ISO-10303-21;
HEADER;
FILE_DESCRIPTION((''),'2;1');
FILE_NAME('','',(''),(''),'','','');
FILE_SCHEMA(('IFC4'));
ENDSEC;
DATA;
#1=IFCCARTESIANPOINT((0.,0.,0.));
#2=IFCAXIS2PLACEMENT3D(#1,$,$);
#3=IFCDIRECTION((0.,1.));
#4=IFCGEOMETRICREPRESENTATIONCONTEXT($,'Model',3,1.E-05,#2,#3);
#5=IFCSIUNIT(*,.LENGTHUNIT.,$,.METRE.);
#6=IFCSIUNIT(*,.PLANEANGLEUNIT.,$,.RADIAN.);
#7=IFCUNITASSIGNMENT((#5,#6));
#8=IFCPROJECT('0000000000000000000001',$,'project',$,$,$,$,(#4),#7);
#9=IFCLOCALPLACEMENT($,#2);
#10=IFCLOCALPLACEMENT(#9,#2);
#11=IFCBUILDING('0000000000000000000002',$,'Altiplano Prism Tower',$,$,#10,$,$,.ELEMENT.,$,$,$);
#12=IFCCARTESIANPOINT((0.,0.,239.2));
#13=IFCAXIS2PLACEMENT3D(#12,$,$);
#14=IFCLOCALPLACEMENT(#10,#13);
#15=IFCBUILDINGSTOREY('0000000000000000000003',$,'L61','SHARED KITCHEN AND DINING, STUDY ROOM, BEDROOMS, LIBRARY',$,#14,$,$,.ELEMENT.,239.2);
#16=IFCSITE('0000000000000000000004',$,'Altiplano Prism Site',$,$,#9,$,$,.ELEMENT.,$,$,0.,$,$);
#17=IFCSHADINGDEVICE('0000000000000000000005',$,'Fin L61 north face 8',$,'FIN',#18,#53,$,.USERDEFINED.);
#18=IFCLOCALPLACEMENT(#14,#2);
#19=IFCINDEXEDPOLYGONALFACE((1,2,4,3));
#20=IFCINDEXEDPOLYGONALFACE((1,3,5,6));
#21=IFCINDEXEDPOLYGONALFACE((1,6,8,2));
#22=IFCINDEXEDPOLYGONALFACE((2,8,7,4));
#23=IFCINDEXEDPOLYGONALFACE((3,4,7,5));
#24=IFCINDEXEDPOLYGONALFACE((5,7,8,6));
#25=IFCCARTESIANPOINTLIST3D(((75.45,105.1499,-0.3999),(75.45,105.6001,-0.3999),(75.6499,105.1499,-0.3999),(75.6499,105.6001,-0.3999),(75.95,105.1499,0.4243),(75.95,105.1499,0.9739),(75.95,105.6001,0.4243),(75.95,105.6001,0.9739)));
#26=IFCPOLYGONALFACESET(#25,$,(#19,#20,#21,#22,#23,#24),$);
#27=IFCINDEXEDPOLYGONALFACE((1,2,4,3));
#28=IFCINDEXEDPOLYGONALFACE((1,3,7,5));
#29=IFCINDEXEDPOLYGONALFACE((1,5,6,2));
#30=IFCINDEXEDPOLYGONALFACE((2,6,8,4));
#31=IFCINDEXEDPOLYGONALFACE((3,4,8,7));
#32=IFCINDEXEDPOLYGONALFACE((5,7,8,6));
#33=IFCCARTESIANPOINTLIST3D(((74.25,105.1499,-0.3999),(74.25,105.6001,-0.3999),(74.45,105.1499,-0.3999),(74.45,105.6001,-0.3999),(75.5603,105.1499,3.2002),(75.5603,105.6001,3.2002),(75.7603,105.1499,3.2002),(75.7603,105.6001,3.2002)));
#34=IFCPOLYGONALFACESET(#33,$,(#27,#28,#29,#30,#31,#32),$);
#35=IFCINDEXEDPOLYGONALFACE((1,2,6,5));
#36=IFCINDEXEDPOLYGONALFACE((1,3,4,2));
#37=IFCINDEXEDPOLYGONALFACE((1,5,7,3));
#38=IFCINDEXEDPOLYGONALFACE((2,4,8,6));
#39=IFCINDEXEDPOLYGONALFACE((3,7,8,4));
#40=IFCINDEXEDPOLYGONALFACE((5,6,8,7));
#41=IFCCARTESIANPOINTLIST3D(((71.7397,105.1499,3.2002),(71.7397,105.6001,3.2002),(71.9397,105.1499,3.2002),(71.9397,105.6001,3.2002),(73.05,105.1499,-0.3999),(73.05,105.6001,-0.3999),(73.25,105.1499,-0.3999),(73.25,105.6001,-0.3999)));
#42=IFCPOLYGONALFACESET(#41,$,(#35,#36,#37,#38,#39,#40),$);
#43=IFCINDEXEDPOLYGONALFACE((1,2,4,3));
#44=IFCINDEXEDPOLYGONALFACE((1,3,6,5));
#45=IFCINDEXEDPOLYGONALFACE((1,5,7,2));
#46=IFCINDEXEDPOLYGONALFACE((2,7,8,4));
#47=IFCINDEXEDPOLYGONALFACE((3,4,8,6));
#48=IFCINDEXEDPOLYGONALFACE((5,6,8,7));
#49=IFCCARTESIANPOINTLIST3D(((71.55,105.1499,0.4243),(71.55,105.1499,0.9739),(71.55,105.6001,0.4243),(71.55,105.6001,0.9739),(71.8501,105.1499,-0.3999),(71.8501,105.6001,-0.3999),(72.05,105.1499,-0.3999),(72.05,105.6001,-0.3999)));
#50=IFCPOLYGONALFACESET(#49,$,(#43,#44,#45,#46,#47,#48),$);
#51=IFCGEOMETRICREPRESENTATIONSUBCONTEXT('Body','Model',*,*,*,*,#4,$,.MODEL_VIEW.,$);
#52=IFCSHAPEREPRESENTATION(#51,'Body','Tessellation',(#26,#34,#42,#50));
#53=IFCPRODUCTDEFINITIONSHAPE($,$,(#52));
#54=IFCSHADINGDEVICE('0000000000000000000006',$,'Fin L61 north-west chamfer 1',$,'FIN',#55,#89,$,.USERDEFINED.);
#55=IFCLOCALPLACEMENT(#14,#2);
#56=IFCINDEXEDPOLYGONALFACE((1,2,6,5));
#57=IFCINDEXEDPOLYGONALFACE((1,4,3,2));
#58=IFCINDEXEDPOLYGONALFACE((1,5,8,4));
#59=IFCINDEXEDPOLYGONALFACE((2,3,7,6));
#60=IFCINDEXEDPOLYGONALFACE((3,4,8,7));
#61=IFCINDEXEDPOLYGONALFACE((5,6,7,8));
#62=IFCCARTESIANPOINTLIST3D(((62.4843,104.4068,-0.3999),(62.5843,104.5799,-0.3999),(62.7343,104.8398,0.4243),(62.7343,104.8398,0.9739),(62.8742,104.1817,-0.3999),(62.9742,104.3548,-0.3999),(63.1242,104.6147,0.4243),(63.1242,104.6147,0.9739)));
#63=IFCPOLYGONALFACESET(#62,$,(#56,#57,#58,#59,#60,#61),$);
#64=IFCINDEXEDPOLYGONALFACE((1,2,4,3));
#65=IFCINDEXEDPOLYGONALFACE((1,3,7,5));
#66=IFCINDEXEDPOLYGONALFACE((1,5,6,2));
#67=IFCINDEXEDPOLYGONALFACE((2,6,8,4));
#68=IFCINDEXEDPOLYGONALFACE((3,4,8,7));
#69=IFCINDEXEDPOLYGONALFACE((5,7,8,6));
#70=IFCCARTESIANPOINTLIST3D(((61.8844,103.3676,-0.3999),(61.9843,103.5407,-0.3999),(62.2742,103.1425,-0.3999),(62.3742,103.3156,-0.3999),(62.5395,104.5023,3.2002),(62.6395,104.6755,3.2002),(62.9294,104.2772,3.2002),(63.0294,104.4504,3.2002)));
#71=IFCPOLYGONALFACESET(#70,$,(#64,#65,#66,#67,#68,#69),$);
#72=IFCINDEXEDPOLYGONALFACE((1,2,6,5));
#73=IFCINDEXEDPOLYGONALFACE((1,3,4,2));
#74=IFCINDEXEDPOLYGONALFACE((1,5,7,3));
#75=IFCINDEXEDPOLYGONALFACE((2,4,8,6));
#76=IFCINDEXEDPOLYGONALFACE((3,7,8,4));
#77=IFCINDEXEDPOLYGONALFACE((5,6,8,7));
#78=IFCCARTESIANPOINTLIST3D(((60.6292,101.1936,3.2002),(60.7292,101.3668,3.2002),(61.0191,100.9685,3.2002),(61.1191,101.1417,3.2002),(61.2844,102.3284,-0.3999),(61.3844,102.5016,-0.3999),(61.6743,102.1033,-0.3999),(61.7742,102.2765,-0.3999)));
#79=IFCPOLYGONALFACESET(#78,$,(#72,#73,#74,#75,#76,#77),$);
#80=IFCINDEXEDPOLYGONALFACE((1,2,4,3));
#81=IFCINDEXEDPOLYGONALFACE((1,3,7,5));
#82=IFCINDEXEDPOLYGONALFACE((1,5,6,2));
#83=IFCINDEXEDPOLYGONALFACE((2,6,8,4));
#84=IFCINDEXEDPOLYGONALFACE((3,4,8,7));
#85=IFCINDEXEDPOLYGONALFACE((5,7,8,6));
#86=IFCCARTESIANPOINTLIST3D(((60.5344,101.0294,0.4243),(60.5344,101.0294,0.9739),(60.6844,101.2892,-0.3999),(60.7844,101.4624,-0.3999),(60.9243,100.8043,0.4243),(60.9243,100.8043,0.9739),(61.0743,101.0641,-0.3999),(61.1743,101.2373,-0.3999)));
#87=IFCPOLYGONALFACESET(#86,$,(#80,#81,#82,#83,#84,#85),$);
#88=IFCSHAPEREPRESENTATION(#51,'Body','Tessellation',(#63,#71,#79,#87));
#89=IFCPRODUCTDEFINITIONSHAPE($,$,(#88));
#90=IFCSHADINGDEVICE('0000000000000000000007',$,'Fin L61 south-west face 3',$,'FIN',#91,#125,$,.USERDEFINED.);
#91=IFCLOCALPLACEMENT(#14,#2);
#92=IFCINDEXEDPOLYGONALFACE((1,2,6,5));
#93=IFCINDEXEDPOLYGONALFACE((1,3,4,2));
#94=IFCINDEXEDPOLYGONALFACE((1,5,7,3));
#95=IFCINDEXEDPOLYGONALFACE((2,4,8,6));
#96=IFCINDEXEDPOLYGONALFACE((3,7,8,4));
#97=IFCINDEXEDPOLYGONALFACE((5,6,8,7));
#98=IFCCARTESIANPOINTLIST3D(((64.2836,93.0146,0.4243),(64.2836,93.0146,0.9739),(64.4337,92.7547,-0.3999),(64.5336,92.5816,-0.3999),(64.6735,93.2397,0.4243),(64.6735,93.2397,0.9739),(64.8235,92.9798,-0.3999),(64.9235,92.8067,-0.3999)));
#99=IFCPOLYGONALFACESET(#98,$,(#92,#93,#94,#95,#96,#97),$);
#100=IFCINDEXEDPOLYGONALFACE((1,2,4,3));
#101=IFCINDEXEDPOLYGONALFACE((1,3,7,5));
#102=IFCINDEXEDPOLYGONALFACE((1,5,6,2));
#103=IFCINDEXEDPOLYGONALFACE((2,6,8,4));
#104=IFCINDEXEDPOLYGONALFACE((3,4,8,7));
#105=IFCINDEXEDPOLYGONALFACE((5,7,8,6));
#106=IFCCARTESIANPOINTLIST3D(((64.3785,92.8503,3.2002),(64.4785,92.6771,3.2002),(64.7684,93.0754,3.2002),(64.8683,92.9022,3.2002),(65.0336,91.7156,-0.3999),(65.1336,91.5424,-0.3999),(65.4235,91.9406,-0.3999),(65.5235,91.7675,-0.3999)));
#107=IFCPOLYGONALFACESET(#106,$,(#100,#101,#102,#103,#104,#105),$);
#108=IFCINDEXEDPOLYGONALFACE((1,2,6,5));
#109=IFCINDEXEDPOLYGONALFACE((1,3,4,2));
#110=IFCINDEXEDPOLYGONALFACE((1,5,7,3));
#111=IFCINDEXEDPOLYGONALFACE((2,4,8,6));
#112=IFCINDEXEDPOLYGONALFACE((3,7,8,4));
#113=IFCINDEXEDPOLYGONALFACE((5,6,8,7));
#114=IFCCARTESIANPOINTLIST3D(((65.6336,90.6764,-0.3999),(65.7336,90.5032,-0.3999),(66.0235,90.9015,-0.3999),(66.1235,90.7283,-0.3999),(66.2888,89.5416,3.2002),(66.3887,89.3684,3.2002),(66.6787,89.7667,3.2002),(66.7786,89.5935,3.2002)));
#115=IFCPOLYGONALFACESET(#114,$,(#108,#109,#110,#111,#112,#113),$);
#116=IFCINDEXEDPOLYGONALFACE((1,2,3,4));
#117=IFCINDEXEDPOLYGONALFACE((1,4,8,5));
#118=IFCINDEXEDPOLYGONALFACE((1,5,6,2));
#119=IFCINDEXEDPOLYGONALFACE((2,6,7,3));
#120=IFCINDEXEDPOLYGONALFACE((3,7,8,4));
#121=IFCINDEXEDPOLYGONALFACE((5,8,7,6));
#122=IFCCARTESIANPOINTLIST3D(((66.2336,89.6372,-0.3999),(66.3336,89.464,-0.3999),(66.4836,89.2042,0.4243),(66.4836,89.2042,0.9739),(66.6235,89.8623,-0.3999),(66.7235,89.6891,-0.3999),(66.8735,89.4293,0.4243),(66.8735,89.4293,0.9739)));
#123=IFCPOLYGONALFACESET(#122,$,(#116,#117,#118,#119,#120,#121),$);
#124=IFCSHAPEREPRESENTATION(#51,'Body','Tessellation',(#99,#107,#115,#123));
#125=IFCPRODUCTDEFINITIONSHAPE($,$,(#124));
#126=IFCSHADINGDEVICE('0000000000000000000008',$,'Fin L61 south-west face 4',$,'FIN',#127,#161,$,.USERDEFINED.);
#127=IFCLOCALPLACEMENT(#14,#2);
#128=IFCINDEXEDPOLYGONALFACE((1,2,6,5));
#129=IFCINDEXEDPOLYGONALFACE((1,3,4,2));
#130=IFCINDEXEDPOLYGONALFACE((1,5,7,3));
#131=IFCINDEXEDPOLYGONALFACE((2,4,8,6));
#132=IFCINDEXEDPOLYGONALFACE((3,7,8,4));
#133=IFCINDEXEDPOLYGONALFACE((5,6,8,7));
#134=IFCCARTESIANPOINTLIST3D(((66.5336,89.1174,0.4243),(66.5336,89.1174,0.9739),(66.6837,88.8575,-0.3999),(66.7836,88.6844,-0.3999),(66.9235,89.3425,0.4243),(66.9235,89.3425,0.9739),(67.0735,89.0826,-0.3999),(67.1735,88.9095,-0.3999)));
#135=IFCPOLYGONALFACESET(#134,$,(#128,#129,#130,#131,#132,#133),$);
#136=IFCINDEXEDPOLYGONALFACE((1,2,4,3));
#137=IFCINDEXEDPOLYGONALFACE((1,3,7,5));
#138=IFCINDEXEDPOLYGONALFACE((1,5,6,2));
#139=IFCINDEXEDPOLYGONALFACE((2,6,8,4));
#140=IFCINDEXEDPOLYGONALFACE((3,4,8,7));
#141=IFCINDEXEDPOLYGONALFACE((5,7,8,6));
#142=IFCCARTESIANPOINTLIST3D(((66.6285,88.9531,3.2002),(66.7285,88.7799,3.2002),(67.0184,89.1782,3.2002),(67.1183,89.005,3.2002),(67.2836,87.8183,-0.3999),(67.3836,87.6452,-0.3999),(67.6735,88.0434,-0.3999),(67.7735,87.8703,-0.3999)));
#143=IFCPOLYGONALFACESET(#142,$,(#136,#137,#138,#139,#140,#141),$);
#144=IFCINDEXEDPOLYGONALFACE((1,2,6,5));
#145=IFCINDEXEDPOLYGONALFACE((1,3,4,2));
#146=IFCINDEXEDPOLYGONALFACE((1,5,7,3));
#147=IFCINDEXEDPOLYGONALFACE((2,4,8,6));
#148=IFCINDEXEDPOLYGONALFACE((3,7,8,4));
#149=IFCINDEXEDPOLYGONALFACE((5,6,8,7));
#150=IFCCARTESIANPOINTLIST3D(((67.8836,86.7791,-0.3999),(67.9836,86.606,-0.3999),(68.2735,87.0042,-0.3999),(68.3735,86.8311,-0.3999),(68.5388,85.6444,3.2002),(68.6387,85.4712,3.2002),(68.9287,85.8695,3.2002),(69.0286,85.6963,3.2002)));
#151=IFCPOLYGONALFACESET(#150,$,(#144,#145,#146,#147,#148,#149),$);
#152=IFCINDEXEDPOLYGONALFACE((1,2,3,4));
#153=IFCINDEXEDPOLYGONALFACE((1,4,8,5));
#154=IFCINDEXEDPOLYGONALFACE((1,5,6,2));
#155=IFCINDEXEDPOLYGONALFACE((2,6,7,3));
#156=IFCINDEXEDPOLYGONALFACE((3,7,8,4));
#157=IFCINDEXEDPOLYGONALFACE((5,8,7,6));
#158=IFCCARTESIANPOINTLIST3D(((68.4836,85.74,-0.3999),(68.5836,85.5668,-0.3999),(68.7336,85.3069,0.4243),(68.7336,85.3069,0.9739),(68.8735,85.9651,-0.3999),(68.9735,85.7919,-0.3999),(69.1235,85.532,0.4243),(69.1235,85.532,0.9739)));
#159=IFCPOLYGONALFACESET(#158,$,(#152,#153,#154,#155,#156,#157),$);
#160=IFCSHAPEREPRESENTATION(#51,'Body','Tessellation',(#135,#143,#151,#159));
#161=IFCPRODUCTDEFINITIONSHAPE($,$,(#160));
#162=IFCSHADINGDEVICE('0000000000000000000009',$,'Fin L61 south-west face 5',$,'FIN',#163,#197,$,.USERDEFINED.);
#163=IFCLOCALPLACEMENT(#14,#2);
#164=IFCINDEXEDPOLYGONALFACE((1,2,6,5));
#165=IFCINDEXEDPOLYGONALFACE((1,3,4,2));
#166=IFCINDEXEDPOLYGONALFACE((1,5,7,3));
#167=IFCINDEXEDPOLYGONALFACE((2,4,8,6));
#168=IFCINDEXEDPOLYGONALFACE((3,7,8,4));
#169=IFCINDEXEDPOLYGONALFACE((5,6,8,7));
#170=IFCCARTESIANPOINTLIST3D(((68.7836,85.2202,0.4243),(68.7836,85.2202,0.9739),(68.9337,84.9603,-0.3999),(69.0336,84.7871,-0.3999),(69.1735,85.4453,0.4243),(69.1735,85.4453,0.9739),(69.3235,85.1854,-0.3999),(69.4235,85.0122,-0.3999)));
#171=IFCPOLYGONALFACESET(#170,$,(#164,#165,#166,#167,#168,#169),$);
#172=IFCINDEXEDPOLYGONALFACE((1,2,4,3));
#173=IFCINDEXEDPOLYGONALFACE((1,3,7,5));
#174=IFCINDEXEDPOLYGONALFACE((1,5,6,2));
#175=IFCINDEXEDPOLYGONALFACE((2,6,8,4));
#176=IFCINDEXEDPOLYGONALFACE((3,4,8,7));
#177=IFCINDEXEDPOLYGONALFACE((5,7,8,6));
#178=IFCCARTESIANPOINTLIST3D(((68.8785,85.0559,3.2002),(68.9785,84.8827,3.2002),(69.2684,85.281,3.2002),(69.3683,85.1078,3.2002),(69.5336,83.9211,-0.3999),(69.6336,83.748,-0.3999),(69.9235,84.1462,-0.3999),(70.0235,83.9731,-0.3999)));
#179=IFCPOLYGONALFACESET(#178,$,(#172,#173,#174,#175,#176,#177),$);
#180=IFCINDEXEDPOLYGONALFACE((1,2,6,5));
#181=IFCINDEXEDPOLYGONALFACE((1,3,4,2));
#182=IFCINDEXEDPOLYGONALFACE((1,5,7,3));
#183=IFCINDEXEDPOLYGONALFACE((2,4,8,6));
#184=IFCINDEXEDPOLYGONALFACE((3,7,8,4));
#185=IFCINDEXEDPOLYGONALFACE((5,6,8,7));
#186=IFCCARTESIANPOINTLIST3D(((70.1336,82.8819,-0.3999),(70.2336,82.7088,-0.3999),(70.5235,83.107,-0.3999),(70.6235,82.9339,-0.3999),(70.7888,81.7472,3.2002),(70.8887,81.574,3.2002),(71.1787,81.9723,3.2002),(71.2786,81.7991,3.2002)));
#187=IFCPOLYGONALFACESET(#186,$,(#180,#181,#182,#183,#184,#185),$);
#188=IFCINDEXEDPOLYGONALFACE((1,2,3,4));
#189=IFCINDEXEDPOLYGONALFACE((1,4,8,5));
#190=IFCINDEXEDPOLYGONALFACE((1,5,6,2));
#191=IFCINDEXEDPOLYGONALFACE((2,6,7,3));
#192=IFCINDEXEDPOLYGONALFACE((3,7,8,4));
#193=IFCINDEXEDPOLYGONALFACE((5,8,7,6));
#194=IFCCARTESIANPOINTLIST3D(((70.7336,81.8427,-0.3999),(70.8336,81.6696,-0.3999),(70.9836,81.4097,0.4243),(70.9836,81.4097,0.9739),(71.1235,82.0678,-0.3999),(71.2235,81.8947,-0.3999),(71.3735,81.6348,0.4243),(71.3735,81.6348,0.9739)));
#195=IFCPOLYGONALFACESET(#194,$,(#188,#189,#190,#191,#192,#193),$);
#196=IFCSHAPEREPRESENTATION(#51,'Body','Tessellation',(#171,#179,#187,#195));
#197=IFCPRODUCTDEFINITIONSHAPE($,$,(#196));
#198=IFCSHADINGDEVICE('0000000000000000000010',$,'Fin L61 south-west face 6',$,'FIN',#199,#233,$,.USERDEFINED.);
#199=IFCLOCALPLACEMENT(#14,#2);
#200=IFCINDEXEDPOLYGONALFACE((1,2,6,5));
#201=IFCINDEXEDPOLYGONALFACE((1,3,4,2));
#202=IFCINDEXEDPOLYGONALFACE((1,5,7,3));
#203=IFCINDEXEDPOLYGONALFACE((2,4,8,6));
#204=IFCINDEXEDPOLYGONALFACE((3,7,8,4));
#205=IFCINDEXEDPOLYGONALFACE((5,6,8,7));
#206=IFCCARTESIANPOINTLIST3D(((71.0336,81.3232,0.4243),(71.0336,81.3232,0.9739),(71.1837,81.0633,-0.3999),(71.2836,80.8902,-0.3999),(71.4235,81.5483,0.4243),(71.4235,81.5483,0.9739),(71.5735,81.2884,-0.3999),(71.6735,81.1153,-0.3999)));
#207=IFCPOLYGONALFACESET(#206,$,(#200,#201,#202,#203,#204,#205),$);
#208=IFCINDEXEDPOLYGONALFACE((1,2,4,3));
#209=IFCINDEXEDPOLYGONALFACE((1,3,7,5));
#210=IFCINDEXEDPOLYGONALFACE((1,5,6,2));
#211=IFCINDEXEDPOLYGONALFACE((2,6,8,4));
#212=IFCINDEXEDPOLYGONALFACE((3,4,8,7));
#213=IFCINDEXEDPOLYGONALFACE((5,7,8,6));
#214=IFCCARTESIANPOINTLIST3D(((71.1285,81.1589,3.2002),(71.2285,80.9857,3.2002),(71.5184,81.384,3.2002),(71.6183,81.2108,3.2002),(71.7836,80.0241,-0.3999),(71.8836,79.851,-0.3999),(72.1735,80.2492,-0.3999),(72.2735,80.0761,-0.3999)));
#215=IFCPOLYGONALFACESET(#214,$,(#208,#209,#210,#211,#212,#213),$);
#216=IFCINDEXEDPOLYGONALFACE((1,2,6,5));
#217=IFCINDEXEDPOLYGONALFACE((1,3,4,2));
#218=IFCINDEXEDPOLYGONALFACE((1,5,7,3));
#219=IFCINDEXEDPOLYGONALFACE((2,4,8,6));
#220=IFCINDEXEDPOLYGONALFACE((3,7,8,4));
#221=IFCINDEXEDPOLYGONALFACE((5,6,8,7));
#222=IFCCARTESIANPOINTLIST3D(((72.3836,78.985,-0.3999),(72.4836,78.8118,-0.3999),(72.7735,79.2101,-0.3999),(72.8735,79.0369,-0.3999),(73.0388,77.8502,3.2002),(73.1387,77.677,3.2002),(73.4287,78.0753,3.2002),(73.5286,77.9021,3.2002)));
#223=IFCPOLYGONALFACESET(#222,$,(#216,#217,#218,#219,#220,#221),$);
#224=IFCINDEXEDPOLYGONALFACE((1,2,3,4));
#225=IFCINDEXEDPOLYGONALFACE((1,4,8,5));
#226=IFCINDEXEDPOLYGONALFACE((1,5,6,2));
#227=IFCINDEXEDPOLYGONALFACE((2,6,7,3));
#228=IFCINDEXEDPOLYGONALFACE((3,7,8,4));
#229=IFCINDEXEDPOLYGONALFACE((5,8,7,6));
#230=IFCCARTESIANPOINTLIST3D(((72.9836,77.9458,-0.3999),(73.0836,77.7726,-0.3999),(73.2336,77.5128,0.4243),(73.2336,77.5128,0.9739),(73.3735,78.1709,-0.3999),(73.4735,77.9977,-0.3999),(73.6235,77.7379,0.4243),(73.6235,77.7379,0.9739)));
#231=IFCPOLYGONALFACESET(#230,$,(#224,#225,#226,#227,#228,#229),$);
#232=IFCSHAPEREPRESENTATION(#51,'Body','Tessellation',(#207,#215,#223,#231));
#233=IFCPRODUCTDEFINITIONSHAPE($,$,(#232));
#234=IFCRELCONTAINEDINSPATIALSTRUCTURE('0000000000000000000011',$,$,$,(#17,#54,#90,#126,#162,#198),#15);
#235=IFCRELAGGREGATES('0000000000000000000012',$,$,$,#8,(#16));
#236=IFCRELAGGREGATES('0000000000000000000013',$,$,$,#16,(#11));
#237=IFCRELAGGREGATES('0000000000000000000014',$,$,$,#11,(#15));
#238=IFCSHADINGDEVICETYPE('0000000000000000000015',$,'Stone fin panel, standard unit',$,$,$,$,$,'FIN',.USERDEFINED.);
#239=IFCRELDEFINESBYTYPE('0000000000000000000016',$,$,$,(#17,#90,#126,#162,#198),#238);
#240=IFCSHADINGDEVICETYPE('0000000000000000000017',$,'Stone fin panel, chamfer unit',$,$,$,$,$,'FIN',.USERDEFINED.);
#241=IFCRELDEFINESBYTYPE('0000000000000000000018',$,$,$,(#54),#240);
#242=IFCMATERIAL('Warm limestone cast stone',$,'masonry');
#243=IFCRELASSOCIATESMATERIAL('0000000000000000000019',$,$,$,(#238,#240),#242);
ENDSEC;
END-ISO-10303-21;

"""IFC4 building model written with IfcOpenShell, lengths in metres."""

from ifc_helpers import new_model, si_unit, direction, frame, origin, place, context, subcontext, project, spatial, polyline, outline, extrude, source, transform, mapped, material, type_object, element, save


model = new_model("IFC4")

# Units and contexts
model_context = context("Model", 3, precision=1e-05, world=origin(), true_north=direction((0.0, 1.0)))
body_context = subcontext(model_context, "Body", "Model", "MODEL_VIEW")
ifc_project = project(units=[si_unit("LENGTHUNIT", "METRE"), si_unit("PLANEANGLEUNIT", "RADIAN")], contexts=[model_context])

# Site, building, storey
site_placement = place(None, origin())
site = spatial("IfcSite", under=ifc_project, at=site_placement, Name="Altiplano Prism Site", CompositionType="ELEMENT", RefElevation=0.0)
building_placement = place(site_placement, origin())
building = spatial("IfcBuilding", under=site, at=building_placement, Name="Altiplano Prism Tower", CompositionType="ELEMENT")
storey_placement = place(building_placement, frame((0.0, 0.0, 239.2)))
storey = spatial("IfcBuildingStorey", under=building, at=storey_placement, Name="L61", Description="SHARED KITCHEN AND DINING, STUDY ROOM, BEDROOMS, LIBRARY", CompositionType="ELEMENT", Elevation=239.2)

# Shading devices
ifc_material_1 = material(Name="Warm limestone cast stone", Category="masonry")
shading_device_type_1 = type_object("IfcShadingDeviceType", Name="Stone fin panel, standard unit", ElementType="FIN", PredefinedType="USERDEFINED", material=ifc_material_1)
shared_shape_1 = source(origin(), body_context, "Body", "SweptSolid", [
    extrude(outline(polyline([(-2.2, 1.3738), (-2.2, 0.8242), (-1.8999, 0.0), (-1.7, 0.0), (-2.2, 1.3738)])), frame((0.0, -0.1499, 0.0), z_axis=(0.0, -1.0, 0.0), x_axis=(1.0, 0.0, 0.0)), (0.0, 0.0, 1.0), 0.4502),
    extrude(outline(polyline([(-2.0103, 3.6001), (-0.7, 0.0), (-0.5, 0.0), (-1.8103, 3.6001), (-2.0103, 3.6001)])), frame((0.0, -0.1499, 0.0), z_axis=(0.0, -1.0, 0.0), x_axis=(1.0, 0.0, 0.0)), (0.0, 0.0, 1.0), 0.4502),
    extrude(outline(polyline([(1.8103, 3.6001), (0.5, 0.0), (0.7, 0.0), (2.0103, 3.6001), (1.8103, 3.6001)])), frame((0.0, -0.1499, 0.0), z_axis=(0.0, -1.0, 0.0), x_axis=(1.0, 0.0, 0.0)), (0.0, 0.0, 1.0), 0.4502),
    extrude(outline(polyline([(2.2, 0.8242), (2.2, 1.3738), (1.7, 0.0), (1.8999, 0.0), (2.2, 0.8242)])), frame((0.0, -0.1499, 0.0), z_axis=(0.0, -1.0, 0.0), x_axis=(1.0, 0.0, 0.0)), (0.0, 0.0, 1.0), 0.4502),
])
shading_device_1_placement = place(storey_placement, origin())
element("IfcShadingDevice", 1, at=shading_device_1_placement, inside=storey, type_object=shading_device_type_1, Name="Fin L61 north face 8", ObjectType="FIN", PredefinedType="USERDEFINED", context=body_context, shape_type="MappedRepresentation", body=[
    mapped(shared_shape_1, transform((73.75, 105.0, -0.3999), x_axis=(-1.0, 0.0, 0.0), y_axis=(0.0, -1.0, 0.0), z_axis=(0.0, 0.0, 1.0))),
])
shading_device_type_2 = type_object("IfcShadingDeviceType", Name="Stone fin panel, chamfer unit", ElementType="FIN", PredefinedType="USERDEFINED", material=ifc_material_1)
shading_device_2_placement = place(storey_placement, origin())
element("IfcShadingDevice", 2, at=shading_device_2_placement, inside=storey, type_object=shading_device_type_2, Name="Fin L61 north-west chamfer 1", ObjectType="FIN", PredefinedType="USERDEFINED", context=body_context, shape_type="MappedRepresentation", body=[
    mapped(shared_shape_1, transform((62.1541, 102.6345, -0.3999), x_axis=(-0.5, -0.866025, 0.0), y_axis=(0.866025, -0.5, 0.0), z_axis=(0.0, 0.0, 1.0))),
])
shading_device_3_placement = place(storey_placement, origin())
element("IfcShadingDevice", 3, at=shading_device_3_placement, inside=storey, type_object=shading_device_type_1, Name="Fin L61 south-west face 3", ObjectType="FIN", PredefinedType="USERDEFINED", context=body_context, shape_type="MappedRepresentation", body=[
    mapped(shared_shape_1, transform((65.9033, 91.4094, -0.3999), x_axis=(0.5, -0.866025, 0.0), y_axis=(0.866025, 0.5, 0.0), z_axis=(0.0, 0.0, 1.0))),
])
shading_device_4_placement = place(storey_placement, origin())
element("IfcShadingDevice", 4, at=shading_device_4_placement, inside=storey, type_object=shading_device_type_1, Name="Fin L61 south-west face 4", ObjectType="FIN", PredefinedType="USERDEFINED", context=body_context, shape_type="MappedRepresentation", body=[
    mapped(shared_shape_1, transform((68.1533, 87.5122, -0.3999), x_axis=(0.5, -0.866025, 0.0), y_axis=(0.866025, 0.5, 0.0), z_axis=(0.0, 0.0, 1.0))),
])
shading_device_5_placement = place(storey_placement, origin())
element("IfcShadingDevice", 5, at=shading_device_5_placement, inside=storey, type_object=shading_device_type_1, Name="Fin L61 south-west face 5", ObjectType="FIN", PredefinedType="USERDEFINED", context=body_context, shape_type="MappedRepresentation", body=[
    mapped(shared_shape_1, transform((70.4033, 83.615, -0.3999), x_axis=(0.5, -0.866025, 0.0), y_axis=(0.866025, 0.5, 0.0), z_axis=(0.0, 0.0, 1.0))),
])
shading_device_6_placement = place(storey_placement, origin())
element("IfcShadingDevice", 6, at=shading_device_6_placement, inside=storey, type_object=shading_device_type_1, Name="Fin L61 south-west face 6", ObjectType="FIN", PredefinedType="USERDEFINED", context=body_context, shape_type="MappedRepresentation", body=[
    mapped(shared_shape_1, transform((72.6533, 79.718, -0.3999), x_axis=(0.5, -0.866025, 0.0), y_axis=(0.866025, 0.5, 0.0), z_axis=(0.0, 0.0, 1.0))),
])

save(model, "model.ifc")
